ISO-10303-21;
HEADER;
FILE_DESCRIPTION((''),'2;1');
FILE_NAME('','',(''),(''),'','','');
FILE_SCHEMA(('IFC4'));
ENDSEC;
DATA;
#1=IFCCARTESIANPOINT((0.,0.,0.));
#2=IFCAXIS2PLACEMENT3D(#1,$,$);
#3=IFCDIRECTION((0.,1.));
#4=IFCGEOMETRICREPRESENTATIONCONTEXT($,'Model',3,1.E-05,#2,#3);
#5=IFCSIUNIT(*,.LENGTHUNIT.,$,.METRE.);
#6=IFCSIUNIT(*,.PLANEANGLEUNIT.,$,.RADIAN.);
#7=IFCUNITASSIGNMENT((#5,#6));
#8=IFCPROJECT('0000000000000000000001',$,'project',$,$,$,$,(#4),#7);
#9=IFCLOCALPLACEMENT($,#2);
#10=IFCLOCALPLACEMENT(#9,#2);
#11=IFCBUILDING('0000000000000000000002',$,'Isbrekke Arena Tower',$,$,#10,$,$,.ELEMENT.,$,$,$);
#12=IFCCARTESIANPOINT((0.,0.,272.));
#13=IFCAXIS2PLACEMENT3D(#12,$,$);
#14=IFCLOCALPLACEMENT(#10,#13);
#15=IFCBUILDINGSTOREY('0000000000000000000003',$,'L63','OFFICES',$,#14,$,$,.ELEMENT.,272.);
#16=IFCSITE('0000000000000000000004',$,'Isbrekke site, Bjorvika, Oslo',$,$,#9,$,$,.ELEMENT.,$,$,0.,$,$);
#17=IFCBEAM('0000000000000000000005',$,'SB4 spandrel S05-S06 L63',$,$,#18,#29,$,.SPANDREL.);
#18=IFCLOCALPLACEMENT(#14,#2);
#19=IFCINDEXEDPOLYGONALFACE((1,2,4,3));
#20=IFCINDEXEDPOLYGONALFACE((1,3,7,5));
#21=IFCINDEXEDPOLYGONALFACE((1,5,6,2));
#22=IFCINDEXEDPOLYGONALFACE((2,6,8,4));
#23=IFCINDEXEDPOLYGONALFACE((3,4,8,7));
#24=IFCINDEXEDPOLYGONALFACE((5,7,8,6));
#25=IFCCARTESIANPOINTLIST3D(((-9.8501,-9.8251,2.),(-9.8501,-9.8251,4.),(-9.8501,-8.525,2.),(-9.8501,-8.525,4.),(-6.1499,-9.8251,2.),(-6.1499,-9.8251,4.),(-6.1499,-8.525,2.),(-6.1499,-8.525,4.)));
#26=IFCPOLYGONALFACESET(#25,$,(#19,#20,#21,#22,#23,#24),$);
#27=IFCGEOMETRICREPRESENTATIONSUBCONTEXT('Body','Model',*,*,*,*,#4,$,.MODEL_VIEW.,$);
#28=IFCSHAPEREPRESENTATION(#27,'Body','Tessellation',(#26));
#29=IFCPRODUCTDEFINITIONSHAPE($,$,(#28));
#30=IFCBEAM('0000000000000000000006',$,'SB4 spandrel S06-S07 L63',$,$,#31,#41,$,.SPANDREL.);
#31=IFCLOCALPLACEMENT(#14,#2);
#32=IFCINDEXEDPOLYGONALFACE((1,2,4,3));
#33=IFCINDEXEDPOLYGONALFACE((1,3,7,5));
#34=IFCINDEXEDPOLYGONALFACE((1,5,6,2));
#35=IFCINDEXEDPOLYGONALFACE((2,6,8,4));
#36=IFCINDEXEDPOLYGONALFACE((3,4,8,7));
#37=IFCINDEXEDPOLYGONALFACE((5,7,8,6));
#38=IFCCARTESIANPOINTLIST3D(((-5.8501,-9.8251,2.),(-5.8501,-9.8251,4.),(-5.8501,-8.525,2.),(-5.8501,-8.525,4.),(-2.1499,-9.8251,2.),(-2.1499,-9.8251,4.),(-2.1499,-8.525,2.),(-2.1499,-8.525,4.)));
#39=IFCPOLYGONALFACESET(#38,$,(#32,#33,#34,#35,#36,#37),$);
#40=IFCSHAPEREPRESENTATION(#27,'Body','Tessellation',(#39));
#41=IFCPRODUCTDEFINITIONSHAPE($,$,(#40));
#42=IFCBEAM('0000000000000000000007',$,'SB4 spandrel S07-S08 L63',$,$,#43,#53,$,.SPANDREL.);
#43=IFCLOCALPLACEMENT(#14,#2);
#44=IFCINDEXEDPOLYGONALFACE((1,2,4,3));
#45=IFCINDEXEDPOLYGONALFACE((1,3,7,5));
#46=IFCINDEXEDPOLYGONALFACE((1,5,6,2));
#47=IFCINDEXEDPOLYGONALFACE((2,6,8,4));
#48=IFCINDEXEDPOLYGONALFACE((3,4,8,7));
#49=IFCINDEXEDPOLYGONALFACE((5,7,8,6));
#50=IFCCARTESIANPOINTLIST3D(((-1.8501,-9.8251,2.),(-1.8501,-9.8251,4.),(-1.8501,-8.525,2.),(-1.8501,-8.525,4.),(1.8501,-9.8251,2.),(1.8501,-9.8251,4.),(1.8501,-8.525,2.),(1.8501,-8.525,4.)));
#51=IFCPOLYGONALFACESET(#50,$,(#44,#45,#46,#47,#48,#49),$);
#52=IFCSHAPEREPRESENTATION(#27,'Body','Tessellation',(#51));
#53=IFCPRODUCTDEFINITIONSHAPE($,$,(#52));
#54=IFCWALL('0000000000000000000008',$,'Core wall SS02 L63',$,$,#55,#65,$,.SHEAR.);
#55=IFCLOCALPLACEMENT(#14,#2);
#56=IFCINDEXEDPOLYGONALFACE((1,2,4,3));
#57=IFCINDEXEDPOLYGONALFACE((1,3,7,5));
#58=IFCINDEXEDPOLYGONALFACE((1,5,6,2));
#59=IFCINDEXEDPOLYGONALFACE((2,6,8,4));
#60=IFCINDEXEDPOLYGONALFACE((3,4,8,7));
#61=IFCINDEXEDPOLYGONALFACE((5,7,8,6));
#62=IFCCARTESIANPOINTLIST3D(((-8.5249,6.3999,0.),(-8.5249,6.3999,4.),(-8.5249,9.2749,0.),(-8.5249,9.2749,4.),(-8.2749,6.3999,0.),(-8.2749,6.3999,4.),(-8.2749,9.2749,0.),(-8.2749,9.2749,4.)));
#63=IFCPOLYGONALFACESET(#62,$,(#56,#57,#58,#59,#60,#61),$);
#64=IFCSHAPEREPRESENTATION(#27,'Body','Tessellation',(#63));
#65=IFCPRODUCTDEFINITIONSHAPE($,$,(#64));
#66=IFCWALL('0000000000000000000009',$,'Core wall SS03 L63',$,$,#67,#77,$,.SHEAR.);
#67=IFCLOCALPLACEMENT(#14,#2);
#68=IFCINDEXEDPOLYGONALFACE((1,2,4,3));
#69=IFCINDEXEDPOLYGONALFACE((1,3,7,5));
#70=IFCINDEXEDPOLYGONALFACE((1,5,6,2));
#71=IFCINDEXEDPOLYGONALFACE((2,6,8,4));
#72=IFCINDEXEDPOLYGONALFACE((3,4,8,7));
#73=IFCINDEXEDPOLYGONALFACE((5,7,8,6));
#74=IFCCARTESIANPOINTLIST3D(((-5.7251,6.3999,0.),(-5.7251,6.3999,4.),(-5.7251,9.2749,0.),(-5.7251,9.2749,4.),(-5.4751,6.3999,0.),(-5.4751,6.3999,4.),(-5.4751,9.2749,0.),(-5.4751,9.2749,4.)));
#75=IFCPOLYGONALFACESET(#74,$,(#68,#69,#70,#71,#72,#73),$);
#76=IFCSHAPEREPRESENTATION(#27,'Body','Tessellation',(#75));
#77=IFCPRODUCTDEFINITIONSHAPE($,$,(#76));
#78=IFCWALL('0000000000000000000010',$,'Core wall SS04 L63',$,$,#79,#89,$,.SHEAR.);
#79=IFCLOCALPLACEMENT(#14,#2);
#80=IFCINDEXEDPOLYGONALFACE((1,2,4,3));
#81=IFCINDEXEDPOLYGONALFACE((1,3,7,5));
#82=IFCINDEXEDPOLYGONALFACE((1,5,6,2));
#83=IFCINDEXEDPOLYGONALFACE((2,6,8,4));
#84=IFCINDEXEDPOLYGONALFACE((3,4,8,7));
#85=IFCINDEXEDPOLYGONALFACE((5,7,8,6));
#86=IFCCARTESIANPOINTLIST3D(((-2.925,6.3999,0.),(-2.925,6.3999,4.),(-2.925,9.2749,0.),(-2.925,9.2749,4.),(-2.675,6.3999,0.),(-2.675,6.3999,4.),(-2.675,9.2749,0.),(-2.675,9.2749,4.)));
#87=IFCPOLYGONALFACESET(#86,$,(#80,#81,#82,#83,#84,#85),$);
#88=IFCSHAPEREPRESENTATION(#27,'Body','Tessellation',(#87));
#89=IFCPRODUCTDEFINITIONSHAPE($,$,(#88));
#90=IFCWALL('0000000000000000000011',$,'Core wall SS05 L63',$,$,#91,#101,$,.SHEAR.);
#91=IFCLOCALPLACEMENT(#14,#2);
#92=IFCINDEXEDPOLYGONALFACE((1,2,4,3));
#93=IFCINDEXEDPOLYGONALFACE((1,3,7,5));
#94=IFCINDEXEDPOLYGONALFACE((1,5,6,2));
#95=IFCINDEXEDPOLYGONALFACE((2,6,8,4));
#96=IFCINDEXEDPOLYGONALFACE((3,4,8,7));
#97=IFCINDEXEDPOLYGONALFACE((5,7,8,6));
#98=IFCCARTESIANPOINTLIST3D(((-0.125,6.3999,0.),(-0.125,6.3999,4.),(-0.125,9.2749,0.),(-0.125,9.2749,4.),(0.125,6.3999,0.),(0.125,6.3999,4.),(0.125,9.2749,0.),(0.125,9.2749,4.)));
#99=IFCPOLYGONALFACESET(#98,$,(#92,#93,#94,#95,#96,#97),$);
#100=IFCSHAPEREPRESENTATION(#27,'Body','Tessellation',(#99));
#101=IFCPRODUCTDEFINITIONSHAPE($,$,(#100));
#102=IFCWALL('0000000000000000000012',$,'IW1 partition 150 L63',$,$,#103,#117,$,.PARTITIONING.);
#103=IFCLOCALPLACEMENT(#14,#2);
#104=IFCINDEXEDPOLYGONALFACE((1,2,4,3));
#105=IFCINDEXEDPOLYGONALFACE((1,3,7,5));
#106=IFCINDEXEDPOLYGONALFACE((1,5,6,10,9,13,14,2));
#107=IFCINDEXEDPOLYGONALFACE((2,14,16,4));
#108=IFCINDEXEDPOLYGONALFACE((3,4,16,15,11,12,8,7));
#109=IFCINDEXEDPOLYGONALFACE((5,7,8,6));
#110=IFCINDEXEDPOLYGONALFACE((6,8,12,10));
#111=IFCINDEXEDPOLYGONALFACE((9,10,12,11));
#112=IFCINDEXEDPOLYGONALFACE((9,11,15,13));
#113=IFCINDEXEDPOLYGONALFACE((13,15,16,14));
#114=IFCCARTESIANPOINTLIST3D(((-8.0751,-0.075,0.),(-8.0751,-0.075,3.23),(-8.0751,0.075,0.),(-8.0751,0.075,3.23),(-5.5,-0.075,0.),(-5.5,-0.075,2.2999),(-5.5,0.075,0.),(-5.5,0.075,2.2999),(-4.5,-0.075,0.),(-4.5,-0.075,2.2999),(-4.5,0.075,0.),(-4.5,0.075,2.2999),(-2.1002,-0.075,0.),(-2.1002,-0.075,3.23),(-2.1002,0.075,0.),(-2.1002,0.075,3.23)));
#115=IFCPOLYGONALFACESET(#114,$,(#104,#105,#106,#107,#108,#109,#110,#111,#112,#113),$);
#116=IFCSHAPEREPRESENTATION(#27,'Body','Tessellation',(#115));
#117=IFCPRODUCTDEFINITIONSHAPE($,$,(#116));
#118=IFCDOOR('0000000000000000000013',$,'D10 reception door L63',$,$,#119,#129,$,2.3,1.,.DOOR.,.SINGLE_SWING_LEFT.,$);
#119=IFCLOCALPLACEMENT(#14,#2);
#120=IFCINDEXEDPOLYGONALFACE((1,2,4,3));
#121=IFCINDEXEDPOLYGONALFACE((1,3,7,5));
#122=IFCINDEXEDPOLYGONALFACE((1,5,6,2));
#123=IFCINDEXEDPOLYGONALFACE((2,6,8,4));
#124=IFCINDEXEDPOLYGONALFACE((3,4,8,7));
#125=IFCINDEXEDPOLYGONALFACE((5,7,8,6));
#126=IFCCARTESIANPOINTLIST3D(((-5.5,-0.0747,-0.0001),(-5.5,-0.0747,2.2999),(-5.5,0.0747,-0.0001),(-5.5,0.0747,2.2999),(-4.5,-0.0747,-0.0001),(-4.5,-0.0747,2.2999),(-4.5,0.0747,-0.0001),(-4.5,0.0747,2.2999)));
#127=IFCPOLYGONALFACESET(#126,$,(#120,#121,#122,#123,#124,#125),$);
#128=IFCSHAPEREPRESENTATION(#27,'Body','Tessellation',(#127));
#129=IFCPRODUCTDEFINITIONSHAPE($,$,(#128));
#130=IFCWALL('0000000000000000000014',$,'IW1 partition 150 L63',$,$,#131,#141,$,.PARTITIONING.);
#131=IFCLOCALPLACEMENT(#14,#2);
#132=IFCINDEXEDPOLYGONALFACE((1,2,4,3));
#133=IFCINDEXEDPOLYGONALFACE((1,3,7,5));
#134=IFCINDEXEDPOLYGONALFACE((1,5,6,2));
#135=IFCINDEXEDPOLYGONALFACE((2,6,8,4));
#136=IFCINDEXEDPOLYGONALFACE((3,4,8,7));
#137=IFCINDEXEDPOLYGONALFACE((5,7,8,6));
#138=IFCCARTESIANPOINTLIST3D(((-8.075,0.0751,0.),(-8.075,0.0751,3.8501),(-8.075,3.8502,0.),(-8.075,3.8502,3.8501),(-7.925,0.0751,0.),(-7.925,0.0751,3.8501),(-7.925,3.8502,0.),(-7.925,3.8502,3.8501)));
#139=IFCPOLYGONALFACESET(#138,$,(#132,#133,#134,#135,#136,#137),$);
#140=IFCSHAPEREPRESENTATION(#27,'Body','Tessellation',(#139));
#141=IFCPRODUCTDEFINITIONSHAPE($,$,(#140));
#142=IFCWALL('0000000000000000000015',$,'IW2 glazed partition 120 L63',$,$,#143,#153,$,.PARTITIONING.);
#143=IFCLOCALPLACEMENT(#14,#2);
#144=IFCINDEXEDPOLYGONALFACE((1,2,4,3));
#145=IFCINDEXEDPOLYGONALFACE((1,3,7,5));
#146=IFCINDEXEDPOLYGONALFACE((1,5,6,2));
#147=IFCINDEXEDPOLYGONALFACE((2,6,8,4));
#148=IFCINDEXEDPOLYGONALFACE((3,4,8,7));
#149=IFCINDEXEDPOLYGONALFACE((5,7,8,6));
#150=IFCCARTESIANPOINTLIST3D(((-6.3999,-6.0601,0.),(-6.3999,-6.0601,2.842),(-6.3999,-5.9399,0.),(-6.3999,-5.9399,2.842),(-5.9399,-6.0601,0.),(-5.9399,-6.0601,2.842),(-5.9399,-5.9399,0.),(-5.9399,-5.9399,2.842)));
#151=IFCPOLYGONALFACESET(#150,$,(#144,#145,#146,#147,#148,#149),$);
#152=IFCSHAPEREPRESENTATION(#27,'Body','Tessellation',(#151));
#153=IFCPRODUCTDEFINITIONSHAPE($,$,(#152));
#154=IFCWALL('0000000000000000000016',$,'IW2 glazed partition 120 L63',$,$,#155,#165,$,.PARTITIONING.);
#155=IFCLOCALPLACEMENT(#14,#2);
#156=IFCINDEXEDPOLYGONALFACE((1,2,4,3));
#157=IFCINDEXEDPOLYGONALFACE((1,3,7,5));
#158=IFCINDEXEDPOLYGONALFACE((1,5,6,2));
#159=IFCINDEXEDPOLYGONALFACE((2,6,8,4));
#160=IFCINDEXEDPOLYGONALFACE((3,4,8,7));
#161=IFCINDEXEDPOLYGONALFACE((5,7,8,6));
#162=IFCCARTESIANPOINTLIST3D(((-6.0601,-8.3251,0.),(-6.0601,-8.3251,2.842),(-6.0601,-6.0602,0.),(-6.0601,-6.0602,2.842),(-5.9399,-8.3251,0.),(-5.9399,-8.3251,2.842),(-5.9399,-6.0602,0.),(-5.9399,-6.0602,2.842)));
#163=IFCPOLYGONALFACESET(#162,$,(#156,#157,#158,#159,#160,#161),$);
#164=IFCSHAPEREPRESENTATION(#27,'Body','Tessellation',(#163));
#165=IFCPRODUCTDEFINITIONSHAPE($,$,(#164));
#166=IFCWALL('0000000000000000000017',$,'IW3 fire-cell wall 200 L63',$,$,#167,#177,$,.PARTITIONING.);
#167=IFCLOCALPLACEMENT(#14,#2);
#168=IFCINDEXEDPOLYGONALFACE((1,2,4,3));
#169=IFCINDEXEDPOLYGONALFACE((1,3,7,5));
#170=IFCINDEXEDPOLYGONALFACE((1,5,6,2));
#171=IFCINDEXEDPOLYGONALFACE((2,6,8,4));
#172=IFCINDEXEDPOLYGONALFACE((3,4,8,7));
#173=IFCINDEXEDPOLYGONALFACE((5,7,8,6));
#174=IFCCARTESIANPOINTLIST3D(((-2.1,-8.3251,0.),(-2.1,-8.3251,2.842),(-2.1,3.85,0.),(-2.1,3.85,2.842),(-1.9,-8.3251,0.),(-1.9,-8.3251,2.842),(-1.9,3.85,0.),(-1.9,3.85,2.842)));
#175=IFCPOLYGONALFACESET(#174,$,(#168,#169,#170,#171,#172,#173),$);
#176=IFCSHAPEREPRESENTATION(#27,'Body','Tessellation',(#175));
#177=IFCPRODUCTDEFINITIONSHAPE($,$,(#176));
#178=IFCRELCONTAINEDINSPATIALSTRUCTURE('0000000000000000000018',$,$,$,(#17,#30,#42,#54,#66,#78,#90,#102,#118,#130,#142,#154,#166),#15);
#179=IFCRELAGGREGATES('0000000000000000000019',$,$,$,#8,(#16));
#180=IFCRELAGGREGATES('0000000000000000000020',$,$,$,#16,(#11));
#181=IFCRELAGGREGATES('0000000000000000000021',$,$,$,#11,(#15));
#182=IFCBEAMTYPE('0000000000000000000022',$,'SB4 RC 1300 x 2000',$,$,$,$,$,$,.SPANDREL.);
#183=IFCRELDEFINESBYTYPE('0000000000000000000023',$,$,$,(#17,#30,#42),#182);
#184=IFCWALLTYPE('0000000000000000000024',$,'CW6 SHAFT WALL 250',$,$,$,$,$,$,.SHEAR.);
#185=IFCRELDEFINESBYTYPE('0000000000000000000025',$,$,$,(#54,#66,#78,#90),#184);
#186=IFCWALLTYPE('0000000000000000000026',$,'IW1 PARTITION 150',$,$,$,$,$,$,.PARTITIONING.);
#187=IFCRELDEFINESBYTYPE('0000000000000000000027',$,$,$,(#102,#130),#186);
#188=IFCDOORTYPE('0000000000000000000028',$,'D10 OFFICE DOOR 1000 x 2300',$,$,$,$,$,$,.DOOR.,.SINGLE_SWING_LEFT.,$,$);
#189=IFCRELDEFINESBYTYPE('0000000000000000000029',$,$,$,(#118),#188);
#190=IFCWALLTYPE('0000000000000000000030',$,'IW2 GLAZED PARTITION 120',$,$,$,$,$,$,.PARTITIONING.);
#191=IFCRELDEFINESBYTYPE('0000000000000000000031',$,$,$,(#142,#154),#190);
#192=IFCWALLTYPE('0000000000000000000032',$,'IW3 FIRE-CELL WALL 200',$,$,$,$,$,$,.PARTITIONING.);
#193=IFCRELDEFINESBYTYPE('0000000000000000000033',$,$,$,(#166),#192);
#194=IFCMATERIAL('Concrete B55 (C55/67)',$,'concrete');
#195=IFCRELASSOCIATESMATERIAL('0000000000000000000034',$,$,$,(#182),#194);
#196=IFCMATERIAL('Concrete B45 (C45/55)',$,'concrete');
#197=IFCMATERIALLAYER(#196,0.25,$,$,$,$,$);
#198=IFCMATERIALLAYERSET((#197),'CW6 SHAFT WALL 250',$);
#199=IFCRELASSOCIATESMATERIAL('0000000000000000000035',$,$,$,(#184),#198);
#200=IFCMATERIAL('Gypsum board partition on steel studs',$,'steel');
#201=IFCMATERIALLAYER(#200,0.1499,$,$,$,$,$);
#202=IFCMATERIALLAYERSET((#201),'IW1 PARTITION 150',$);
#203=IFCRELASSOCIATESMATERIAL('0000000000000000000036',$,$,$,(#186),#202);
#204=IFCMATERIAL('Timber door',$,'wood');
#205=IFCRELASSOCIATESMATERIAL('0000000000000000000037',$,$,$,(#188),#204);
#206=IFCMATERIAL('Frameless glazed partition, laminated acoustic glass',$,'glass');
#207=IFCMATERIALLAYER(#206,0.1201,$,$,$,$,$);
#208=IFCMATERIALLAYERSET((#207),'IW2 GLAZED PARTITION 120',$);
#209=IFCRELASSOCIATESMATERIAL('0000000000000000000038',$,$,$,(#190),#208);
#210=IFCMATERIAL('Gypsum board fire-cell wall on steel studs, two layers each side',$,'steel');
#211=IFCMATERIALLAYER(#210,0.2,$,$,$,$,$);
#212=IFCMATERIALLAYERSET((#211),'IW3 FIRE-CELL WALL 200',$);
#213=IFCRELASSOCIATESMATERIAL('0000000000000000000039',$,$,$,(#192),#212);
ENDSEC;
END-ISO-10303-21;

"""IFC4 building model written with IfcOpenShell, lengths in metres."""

from ifc_helpers import new_model, si_unit, direction, frame, frame_2d, origin, origin_2d, place, context, subcontext, project, spatial, rectangle, extrude, material, layer, layer_set, material_profile, profile_set, type_object, element, fill, save


model = new_model("IFC4")

# Units and contexts
model_context = context("Model", 3, precision=1e-05, world=origin(), true_north=direction((0.0, 1.0)))
body_context = subcontext(model_context, "Body", "Model", "MODEL_VIEW")
ifc_project = project(units=[si_unit("LENGTHUNIT", "METRE"), si_unit("PLANEANGLEUNIT", "RADIAN")], contexts=[model_context])

# Site, building, storey
site_placement = place(None, origin())
site = spatial("IfcSite", under=ifc_project, at=site_placement, Name="Isbrekke site, Bjorvika, Oslo", CompositionType="ELEMENT", RefElevation=0.0)
building_placement = place(site_placement, origin())
building = spatial("IfcBuilding", under=site, at=building_placement, Name="Isbrekke Arena Tower", CompositionType="ELEMENT")
storey_placement = place(building_placement, frame((0.0, 0.0, 272.0)))
storey = spatial("IfcBuildingStorey", under=building, at=storey_placement, Name="L63", Description="OFFICES", CompositionType="ELEMENT", Elevation=272.0)

# Beams
ifc_material_1 = material(Name="Concrete B55 (C55/67)", Category="concrete")
ifc_material_profile_1 = material_profile(ifc_material_1, rectangle(XDim=1.3, YDim=2.0, at=origin_2d()), Name="RC 1300x2000")
ifc_profile_set_1 = profile_set([ifc_material_profile_1], Name="Concrete B55 (C55/67)")
beam_type_1 = type_object("IfcBeamType", Name="SB4 RC 1300 x 2000", PredefinedType="SPANDREL", material=ifc_profile_set_1)
for number, where, z_axis, x_axis, name in (
    (1, (-9.8501, -9.175, 3.0), (1.0, 0.0, 0.0), (0.0, 1.0, 0.0), "SB4 spandrel S05-S06 L63"),
    (2, (-5.8501, -9.175, 3.0), (1.0, 0.0, 0.0), (0.0, 1.0, 0.0), "SB4 spandrel S06-S07 L63"),
    (3, (-1.8501, -9.175, 3.0), (1.0, 0.0, 0.0), (0.0, 1.0, 0.0), "SB4 spandrel S07-S08 L63"),
):
    element("IfcBeam", number, at=place(storey_placement, frame(where, z_axis=z_axis, x_axis=x_axis)), inside=storey, type_object=beam_type_1, Name=name, PredefinedType="SPANDREL", context=body_context, shape_type="SweptSolid", body=[
        extrude(rectangle(XDim=1.3, YDim=2.0, at=origin_2d()), origin(), (0.0, 0.0, 1.0), 3.7002),
    ])

# Walls
ifc_material_2 = material(Name="Concrete B45 (C45/55)", Category="concrete")
ifc_layer_1 = layer(ifc_material_2, 0.25)
ifc_layer_set_1 = layer_set([ifc_layer_1], Name="CW6 SHAFT WALL 250")
wall_type_1 = type_object("IfcWallType", Name="CW6 SHAFT WALL 250", PredefinedType="SHEAR", material=ifc_layer_set_1)
for number, where, z_axis, x_axis, name in (
    (4, (-8.3999, 6.3999, 0.0), (0.0, 0.0, 1.0), (0.0, 1.0, 0.0), "Core wall SS02 L63"),
    (5, (-5.6001, 6.3999, 0.0), (0.0, 0.0, 1.0), (0.0, 1.0, 0.0), "Core wall SS03 L63"),
    (6, (-2.8, 6.3999, 0.0), (0.0, 0.0, 1.0), (0.0, 1.0, 0.0), "Core wall SS04 L63"),
    (7, (0.0, 6.3999, 0.0), (0.0, 0.0, 1.0), (0.0, 1.0, 0.0), "Core wall SS05 L63"),
):
    element("IfcWall", number, at=place(storey_placement, frame(where, z_axis=z_axis, x_axis=x_axis)), inside=storey, type_object=wall_type_1, Name=name, PredefinedType="SHEAR", context=body_context, shape_type="SweptSolid", body=[
        extrude(rectangle(XDim=2.875, YDim=0.25, at=frame_2d((1.4375, 0.0))), origin(), (0.0, 0.0, 1.0), 4.0),
    ])

# Wall, opening, door
ifc_material_3 = material(Name="Gypsum board partition on steel studs", Category="steel")
ifc_layer_2 = layer(ifc_material_3, 0.1499)
ifc_layer_set_2 = layer_set([ifc_layer_2], Name="IW1 PARTITION 150")
wall_type_2 = type_object("IfcWallType", Name="IW1 PARTITION 150", PredefinedType="PARTITIONING", material=ifc_layer_set_2)
wall_1_placement = place(storey_placement, frame((-8.075, 0.0, 0.0), z_axis=(0.0, 0.0, 1.0), x_axis=(1.0, 0.0, 0.0)))
wall_1 = element("IfcWall", 8, at=wall_1_placement, inside=storey, type_object=wall_type_2, Name="IW1 partition 150 L63", PredefinedType="PARTITIONING", context=body_context, shape_type="SweptSolid", body=[
    extrude(rectangle(XDim=5.9749, YDim=0.1499, at=frame_2d((2.9873, 0.0))), origin(), (0.0, 0.0, 1.0), 3.23),
])
opening_placement = place(wall_1_placement, frame((2.575, 0.0, 0.0)))
opening = element("IfcOpeningElement", 9, at=opening_placement, cuts=wall_1, PredefinedType="OPENING", context=body_context, shape_type="SweptSolid", body=[
    extrude(rectangle(XDim=1.0, YDim=2.3, at=frame_2d((0.5, 1.1499))), frame((0.0, 0.0898, 0.0), z_axis=(0.0, -1.0, 0.0), x_axis=(1.0, 0.0, 0.0)), (0.0, 0.0, 1.0), 0.1797),
])
ifc_material_4 = material(Name="Timber door", Category="wood")
door_type = type_object("IfcDoorType", Name="D10 OFFICE DOOR 1000 x 2300", OperationType="SINGLE_SWING_LEFT", PredefinedType="DOOR", material=ifc_material_4)
door_placement = place(opening_placement, origin())
door = element("IfcDoor", 10, at=door_placement, inside=storey, type_object=door_type, Name="D10 reception door L63", OperationType="SINGLE_SWING_LEFT", OverallHeight=2.3, OverallWidth=1.0, PredefinedType="DOOR", context=body_context, shape_type="SweptSolid", body=[
    extrude(rectangle(XDim=1.0, YDim=2.3, at=frame_2d((0.5, 1.1499))), frame((0.0, 0.0747, 0.0), z_axis=(0.0, -1.0, 0.0), x_axis=(1.0, 0.0, 0.0)), (0.0, 0.0, 1.0), 0.1494),
])
fill(opening, door)

# Walls
wall_2_placement = place(storey_placement, frame((-8.0, 0.075, 0.0), z_axis=(0.0, 0.0, 1.0), x_axis=(0.0, 1.0, 0.0)))
element("IfcWall", 11, at=wall_2_placement, inside=storey, type_object=wall_type_2, Name="IW1 partition 150 L63", PredefinedType="PARTITIONING", context=body_context, shape_type="SweptSolid", body=[
    extrude(rectangle(XDim=3.7751, YDim=0.1499, at=frame_2d((1.8877, 0.0))), origin(), (0.0, 0.0, 1.0), 3.8501),
])
ifc_material_5 = material(Name="Frameless glazed partition, laminated acoustic glass", Category="glass")
ifc_layer_3 = layer(ifc_material_5, 0.1201)
ifc_layer_set_3 = layer_set([ifc_layer_3], Name="IW2 GLAZED PARTITION 120")
wall_type_3 = type_object("IfcWallType", Name="IW2 GLAZED PARTITION 120", PredefinedType="PARTITIONING", material=ifc_layer_set_3)
wall_3_placement = place(storey_placement, frame((-6.3999, -6.0, 0.0), z_axis=(0.0, 0.0, 1.0), x_axis=(1.0, 0.0, 0.0)))
element("IfcWall", 12, at=wall_3_placement, inside=storey, type_object=wall_type_3, Name="IW2 glazed partition 120 L63", PredefinedType="PARTITIONING", context=body_context, shape_type="SweptSolid", body=[
    extrude(rectangle(XDim=0.46, YDim=0.1201, at=frame_2d((0.23, 0.0))), origin(), (0.0, 0.0, 1.0), 2.842),
])
wall_4_placement = place(storey_placement, frame((-6.0, -8.325, 0.0), z_axis=(0.0, 0.0, 1.0), x_axis=(0.0, 1.0, 0.0)))
element("IfcWall", 13, at=wall_4_placement, inside=storey, type_object=wall_type_3, Name="IW2 glazed partition 120 L63", PredefinedType="PARTITIONING", context=body_context, shape_type="SweptSolid", body=[
    extrude(rectangle(XDim=2.2649, YDim=0.1201, at=frame_2d((1.1323, 0.0))), origin(), (0.0, 0.0, 1.0), 2.842),
])
ifc_material_6 = material(Name="Gypsum board fire-cell wall on steel studs, two layers each side", Category="steel")
ifc_layer_4 = layer(ifc_material_6, 0.2)
ifc_layer_set_4 = layer_set([ifc_layer_4], Name="IW3 FIRE-CELL WALL 200")
wall_type_4 = type_object("IfcWallType", Name="IW3 FIRE-CELL WALL 200", PredefinedType="PARTITIONING", material=ifc_layer_set_4)
wall_5_placement = place(storey_placement, frame((-2.0, -8.325, 0.0), z_axis=(0.0, 0.0, 1.0), x_axis=(0.0, 1.0, 0.0)))
element("IfcWall", 14, at=wall_5_placement, inside=storey, type_object=wall_type_4, Name="IW3 fire-cell wall 200 L63", PredefinedType="PARTITIONING", context=body_context, shape_type="SweptSolid", body=[
    extrude(rectangle(XDim=12.175, YDim=0.2, at=frame_2d((6.0874, 0.0))), origin(), (0.0, 0.0, 1.0), 2.842),
])

save(model, "model.ifc")
